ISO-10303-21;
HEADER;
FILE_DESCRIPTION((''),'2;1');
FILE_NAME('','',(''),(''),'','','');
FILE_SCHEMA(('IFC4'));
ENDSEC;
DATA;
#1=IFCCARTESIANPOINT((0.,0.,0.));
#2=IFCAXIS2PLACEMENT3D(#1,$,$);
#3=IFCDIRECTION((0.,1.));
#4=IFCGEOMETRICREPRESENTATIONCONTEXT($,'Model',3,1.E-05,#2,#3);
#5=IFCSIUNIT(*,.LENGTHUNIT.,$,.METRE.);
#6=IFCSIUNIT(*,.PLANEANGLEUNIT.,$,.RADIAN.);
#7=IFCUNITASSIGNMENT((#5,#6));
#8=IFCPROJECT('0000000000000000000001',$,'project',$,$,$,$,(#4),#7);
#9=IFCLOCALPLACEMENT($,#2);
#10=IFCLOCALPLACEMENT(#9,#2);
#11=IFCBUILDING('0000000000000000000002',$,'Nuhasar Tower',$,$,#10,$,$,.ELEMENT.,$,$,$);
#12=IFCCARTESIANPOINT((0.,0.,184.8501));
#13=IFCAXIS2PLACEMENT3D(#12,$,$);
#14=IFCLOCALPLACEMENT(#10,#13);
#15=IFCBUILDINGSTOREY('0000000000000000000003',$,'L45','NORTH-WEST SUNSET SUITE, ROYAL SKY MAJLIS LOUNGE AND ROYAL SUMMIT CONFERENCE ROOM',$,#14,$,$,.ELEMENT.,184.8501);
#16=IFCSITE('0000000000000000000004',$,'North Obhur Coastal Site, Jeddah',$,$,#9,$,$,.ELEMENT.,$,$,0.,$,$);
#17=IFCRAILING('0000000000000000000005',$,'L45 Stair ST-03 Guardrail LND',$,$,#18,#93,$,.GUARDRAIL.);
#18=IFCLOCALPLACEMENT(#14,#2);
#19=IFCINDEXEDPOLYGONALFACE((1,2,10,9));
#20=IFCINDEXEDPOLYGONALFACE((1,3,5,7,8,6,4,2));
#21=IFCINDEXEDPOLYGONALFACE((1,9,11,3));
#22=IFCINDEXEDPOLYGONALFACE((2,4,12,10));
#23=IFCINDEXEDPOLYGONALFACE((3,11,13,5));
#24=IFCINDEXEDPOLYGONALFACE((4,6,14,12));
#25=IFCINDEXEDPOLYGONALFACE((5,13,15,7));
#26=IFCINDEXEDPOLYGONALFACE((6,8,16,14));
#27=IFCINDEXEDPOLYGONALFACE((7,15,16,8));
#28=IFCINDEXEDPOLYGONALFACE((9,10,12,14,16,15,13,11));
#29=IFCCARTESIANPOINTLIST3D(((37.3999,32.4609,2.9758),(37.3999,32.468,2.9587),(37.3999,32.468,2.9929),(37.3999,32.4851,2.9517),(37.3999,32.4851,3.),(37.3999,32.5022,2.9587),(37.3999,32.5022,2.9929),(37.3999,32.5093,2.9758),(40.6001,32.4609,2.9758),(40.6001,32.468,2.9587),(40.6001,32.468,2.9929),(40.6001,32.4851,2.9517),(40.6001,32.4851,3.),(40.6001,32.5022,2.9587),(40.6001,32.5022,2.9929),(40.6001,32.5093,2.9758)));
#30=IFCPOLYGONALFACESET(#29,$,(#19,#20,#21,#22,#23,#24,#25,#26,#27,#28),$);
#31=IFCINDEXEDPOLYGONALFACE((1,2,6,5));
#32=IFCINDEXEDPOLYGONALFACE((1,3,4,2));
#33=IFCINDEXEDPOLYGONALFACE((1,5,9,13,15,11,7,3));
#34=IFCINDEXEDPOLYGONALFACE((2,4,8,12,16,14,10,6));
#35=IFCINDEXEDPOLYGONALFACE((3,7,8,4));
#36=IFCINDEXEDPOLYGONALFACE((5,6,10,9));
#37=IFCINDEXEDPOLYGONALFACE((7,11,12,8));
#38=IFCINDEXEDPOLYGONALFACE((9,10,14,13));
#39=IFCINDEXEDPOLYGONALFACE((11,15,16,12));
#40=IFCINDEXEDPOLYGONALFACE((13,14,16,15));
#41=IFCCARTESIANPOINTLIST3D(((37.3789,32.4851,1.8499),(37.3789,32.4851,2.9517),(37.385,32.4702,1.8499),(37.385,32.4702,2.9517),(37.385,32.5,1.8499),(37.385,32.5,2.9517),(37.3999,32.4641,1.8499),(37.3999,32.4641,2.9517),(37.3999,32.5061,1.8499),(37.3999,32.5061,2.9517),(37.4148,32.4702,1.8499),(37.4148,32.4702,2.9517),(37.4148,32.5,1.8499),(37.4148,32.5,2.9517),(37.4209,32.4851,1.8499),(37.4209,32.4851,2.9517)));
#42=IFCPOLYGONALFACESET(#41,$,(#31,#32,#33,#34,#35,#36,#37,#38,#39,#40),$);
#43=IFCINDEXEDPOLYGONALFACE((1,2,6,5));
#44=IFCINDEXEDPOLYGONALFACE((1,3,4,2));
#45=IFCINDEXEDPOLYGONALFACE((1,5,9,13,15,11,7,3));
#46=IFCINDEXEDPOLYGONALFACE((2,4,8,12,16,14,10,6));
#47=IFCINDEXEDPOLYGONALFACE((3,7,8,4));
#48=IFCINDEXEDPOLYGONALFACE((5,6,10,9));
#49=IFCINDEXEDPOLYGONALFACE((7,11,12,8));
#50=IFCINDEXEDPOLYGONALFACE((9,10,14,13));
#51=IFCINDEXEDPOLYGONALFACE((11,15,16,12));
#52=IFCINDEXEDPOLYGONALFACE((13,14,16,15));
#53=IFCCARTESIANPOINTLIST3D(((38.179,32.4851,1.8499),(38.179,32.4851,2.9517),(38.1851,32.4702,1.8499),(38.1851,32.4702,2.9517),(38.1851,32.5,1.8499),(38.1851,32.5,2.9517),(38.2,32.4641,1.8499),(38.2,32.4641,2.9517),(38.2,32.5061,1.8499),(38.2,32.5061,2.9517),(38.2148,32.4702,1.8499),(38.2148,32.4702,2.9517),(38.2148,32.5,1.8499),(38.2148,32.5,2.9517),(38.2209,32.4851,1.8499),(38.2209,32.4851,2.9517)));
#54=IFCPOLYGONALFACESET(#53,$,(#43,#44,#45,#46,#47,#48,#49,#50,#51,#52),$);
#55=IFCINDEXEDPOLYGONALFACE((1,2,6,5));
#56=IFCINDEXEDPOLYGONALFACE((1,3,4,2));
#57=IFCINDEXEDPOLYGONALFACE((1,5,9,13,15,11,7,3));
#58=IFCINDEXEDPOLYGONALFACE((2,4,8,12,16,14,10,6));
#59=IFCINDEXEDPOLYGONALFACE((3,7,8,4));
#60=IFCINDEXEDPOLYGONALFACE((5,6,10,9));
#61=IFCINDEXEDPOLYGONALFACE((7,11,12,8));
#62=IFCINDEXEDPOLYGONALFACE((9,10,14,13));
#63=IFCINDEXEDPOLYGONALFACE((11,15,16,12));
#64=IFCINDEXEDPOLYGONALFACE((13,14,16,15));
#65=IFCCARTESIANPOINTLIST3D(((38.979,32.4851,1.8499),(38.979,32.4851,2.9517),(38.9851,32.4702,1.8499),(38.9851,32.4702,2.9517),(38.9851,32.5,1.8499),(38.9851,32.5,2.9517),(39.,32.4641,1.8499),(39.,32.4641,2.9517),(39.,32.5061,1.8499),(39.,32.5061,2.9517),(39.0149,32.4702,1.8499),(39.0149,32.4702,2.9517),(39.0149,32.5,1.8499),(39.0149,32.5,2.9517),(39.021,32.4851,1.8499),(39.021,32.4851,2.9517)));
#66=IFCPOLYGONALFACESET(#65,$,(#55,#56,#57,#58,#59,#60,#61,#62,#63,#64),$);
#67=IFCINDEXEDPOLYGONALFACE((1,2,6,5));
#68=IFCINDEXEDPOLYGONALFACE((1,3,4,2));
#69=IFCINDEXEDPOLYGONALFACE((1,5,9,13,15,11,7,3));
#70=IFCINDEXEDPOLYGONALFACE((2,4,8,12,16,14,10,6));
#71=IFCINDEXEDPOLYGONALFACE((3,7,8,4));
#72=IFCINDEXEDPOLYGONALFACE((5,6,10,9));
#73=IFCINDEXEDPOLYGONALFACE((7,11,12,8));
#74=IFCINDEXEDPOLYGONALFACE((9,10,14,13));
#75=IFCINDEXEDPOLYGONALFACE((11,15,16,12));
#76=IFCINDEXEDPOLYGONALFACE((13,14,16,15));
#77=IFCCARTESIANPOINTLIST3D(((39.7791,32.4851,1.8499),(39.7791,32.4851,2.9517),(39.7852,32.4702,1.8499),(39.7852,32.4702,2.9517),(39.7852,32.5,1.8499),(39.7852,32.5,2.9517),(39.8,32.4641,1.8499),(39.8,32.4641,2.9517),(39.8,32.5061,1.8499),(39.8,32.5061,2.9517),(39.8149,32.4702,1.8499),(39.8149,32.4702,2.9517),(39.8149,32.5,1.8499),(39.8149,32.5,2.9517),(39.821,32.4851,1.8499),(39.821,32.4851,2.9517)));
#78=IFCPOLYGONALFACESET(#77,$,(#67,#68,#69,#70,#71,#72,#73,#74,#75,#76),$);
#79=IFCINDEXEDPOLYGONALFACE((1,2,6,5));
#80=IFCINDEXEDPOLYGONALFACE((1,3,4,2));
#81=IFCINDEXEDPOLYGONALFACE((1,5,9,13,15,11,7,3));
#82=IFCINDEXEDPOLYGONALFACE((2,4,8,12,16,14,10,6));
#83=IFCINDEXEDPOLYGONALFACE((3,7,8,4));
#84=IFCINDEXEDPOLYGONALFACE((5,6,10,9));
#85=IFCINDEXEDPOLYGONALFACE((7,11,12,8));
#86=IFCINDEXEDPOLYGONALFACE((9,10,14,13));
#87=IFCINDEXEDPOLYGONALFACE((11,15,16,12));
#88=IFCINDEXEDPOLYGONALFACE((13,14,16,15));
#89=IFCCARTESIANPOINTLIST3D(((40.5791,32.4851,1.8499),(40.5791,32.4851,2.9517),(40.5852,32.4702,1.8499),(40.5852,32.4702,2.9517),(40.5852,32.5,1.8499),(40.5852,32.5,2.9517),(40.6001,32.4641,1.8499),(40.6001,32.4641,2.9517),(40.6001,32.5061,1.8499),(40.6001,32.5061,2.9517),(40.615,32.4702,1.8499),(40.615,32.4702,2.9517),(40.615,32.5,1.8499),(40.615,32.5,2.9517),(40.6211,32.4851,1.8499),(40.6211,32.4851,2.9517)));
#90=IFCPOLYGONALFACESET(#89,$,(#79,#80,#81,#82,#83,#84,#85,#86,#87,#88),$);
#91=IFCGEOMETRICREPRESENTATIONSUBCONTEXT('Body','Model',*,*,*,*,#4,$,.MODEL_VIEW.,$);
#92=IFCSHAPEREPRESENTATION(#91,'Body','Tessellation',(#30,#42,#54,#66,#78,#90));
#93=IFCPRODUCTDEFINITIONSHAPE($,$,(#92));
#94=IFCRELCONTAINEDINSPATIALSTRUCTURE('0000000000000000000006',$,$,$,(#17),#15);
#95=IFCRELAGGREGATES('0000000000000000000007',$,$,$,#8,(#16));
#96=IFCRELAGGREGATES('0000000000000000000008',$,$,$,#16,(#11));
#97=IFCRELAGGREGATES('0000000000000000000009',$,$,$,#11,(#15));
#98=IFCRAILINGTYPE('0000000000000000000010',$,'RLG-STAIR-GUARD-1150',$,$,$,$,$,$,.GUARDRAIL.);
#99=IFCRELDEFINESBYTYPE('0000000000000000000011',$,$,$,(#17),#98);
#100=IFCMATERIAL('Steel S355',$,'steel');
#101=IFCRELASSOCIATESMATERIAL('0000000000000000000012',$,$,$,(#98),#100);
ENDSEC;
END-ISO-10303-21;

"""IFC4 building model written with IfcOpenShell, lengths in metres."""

from ifc_helpers import new_model, si_unit, direction, frame, origin, place, context, subcontext, project, spatial, polyline, outline, extrude, material, type_object, element, save


model = new_model("IFC4")

# Units and contexts
model_context = context("Model", 3, precision=1e-05, world=origin(), true_north=direction((0.0, 1.0)))
body_context = subcontext(model_context, "Body", "Model", "MODEL_VIEW")
ifc_project = project(units=[si_unit("LENGTHUNIT", "METRE"), si_unit("PLANEANGLEUNIT", "RADIAN")], contexts=[model_context])

# Site, building, storey
site_placement = place(None, origin())
site = spatial("IfcSite", under=ifc_project, at=site_placement, Name="North Obhur Coastal Site, Jeddah", CompositionType="ELEMENT", RefElevation=0.0)
building_placement = place(site_placement, origin())
building = spatial("IfcBuilding", under=site, at=building_placement, Name="Nuhasar Tower", CompositionType="ELEMENT")
storey_placement = place(building_placement, frame((0.0, 0.0, 184.8501)))
storey = spatial("IfcBuildingStorey", under=building, at=storey_placement, Name="L45", Description="NORTH-WEST SUNSET SUITE, ROYAL SKY MAJLIS LOUNGE AND ROYAL SUMMIT CONFERENCE ROOM", CompositionType="ELEMENT", Elevation=184.8501)

# Shared definitions
ifc_material_1 = material(Name="Steel S355", Category="steel")

# Railing
railing_type_1 = type_object("IfcRailingType", Name="RLG-STAIR-GUARD-1150", PredefinedType="GUARDRAIL", material=ifc_material_1)
railing_1_placement = place(storey_placement, frame((37.3999, 32.4851, 1.8499)))
element("IfcRailing", 1, at=railing_1_placement, inside=storey, type_object=railing_type_1, Name="L45 Stair ST-03 Guardrail LND", PredefinedType="GUARDRAIL", context=body_context, shape_type="SweptSolid", body=[
    extrude(outline(polyline([(0.0242, 0.0), (0.0171, 0.0171), (0.0, 0.0242), (-0.0171, 0.0171), (-0.0242, 0.0), (-0.0171, -0.0171), (0.0, -0.0242), (0.0171, -0.0171), (0.0242, 0.0)])), frame((0.0, 0.0, 1.126), z_axis=(1.0, 0.0, 0.0), x_axis=(0.0, 1.0, 0.0)), (0.0, 0.0, 1.0), 3.2002),
    extrude(outline(polyline([(0.021, 0.0), (0.0149, 0.0149), (0.0, 0.021), (-0.0149, 0.0149), (-0.021, 0.0), (-0.0149, -0.0149), (0.0, -0.021), (0.0149, -0.0149), (0.021, 0.0)])), origin(), (0.0, 0.0, 1.0), 1.1018),
    extrude(outline(polyline([(0.021, 0.0), (0.0149, 0.0149), (0.0, 0.021), (-0.0149, 0.0149), (-0.021, 0.0), (-0.0149, -0.0149), (0.0, -0.021), (0.0149, -0.0149), (0.021, 0.0)])), frame((0.8, 0.0, 0.0)), (0.0, 0.0, 1.0), 1.1018),
    extrude(outline(polyline([(0.021, 0.0), (0.0149, 0.0149), (0.0, 0.021), (-0.0149, 0.0149), (-0.021, 0.0), (-0.0149, -0.0149), (0.0, -0.021), (0.0149, -0.0149), (0.021, 0.0)])), frame((1.6001, 0.0, 0.0)), (0.0, 0.0, 1.0), 1.1018),
    extrude(outline(polyline([(0.021, 0.0), (0.0149, 0.0149), (0.0, 0.021), (-0.0149, 0.0149), (-0.021, 0.0), (-0.0149, -0.0149), (0.0, -0.021), (0.0149, -0.0149), (0.021, 0.0)])), frame((2.4001, 0.0, 0.0)), (0.0, 0.0, 1.0), 1.1018),
    extrude(outline(polyline([(0.021, 0.0), (0.0149, 0.0149), (0.0, 0.021), (-0.0149, 0.0149), (-0.021, 0.0), (-0.0149, -0.0149), (0.0, -0.021), (0.0149, -0.0149), (0.021, 0.0)])), frame((3.2002, 0.0, 0.0)), (0.0, 0.0, 1.0), 1.1018),
])

save(model, "model.ifc")
